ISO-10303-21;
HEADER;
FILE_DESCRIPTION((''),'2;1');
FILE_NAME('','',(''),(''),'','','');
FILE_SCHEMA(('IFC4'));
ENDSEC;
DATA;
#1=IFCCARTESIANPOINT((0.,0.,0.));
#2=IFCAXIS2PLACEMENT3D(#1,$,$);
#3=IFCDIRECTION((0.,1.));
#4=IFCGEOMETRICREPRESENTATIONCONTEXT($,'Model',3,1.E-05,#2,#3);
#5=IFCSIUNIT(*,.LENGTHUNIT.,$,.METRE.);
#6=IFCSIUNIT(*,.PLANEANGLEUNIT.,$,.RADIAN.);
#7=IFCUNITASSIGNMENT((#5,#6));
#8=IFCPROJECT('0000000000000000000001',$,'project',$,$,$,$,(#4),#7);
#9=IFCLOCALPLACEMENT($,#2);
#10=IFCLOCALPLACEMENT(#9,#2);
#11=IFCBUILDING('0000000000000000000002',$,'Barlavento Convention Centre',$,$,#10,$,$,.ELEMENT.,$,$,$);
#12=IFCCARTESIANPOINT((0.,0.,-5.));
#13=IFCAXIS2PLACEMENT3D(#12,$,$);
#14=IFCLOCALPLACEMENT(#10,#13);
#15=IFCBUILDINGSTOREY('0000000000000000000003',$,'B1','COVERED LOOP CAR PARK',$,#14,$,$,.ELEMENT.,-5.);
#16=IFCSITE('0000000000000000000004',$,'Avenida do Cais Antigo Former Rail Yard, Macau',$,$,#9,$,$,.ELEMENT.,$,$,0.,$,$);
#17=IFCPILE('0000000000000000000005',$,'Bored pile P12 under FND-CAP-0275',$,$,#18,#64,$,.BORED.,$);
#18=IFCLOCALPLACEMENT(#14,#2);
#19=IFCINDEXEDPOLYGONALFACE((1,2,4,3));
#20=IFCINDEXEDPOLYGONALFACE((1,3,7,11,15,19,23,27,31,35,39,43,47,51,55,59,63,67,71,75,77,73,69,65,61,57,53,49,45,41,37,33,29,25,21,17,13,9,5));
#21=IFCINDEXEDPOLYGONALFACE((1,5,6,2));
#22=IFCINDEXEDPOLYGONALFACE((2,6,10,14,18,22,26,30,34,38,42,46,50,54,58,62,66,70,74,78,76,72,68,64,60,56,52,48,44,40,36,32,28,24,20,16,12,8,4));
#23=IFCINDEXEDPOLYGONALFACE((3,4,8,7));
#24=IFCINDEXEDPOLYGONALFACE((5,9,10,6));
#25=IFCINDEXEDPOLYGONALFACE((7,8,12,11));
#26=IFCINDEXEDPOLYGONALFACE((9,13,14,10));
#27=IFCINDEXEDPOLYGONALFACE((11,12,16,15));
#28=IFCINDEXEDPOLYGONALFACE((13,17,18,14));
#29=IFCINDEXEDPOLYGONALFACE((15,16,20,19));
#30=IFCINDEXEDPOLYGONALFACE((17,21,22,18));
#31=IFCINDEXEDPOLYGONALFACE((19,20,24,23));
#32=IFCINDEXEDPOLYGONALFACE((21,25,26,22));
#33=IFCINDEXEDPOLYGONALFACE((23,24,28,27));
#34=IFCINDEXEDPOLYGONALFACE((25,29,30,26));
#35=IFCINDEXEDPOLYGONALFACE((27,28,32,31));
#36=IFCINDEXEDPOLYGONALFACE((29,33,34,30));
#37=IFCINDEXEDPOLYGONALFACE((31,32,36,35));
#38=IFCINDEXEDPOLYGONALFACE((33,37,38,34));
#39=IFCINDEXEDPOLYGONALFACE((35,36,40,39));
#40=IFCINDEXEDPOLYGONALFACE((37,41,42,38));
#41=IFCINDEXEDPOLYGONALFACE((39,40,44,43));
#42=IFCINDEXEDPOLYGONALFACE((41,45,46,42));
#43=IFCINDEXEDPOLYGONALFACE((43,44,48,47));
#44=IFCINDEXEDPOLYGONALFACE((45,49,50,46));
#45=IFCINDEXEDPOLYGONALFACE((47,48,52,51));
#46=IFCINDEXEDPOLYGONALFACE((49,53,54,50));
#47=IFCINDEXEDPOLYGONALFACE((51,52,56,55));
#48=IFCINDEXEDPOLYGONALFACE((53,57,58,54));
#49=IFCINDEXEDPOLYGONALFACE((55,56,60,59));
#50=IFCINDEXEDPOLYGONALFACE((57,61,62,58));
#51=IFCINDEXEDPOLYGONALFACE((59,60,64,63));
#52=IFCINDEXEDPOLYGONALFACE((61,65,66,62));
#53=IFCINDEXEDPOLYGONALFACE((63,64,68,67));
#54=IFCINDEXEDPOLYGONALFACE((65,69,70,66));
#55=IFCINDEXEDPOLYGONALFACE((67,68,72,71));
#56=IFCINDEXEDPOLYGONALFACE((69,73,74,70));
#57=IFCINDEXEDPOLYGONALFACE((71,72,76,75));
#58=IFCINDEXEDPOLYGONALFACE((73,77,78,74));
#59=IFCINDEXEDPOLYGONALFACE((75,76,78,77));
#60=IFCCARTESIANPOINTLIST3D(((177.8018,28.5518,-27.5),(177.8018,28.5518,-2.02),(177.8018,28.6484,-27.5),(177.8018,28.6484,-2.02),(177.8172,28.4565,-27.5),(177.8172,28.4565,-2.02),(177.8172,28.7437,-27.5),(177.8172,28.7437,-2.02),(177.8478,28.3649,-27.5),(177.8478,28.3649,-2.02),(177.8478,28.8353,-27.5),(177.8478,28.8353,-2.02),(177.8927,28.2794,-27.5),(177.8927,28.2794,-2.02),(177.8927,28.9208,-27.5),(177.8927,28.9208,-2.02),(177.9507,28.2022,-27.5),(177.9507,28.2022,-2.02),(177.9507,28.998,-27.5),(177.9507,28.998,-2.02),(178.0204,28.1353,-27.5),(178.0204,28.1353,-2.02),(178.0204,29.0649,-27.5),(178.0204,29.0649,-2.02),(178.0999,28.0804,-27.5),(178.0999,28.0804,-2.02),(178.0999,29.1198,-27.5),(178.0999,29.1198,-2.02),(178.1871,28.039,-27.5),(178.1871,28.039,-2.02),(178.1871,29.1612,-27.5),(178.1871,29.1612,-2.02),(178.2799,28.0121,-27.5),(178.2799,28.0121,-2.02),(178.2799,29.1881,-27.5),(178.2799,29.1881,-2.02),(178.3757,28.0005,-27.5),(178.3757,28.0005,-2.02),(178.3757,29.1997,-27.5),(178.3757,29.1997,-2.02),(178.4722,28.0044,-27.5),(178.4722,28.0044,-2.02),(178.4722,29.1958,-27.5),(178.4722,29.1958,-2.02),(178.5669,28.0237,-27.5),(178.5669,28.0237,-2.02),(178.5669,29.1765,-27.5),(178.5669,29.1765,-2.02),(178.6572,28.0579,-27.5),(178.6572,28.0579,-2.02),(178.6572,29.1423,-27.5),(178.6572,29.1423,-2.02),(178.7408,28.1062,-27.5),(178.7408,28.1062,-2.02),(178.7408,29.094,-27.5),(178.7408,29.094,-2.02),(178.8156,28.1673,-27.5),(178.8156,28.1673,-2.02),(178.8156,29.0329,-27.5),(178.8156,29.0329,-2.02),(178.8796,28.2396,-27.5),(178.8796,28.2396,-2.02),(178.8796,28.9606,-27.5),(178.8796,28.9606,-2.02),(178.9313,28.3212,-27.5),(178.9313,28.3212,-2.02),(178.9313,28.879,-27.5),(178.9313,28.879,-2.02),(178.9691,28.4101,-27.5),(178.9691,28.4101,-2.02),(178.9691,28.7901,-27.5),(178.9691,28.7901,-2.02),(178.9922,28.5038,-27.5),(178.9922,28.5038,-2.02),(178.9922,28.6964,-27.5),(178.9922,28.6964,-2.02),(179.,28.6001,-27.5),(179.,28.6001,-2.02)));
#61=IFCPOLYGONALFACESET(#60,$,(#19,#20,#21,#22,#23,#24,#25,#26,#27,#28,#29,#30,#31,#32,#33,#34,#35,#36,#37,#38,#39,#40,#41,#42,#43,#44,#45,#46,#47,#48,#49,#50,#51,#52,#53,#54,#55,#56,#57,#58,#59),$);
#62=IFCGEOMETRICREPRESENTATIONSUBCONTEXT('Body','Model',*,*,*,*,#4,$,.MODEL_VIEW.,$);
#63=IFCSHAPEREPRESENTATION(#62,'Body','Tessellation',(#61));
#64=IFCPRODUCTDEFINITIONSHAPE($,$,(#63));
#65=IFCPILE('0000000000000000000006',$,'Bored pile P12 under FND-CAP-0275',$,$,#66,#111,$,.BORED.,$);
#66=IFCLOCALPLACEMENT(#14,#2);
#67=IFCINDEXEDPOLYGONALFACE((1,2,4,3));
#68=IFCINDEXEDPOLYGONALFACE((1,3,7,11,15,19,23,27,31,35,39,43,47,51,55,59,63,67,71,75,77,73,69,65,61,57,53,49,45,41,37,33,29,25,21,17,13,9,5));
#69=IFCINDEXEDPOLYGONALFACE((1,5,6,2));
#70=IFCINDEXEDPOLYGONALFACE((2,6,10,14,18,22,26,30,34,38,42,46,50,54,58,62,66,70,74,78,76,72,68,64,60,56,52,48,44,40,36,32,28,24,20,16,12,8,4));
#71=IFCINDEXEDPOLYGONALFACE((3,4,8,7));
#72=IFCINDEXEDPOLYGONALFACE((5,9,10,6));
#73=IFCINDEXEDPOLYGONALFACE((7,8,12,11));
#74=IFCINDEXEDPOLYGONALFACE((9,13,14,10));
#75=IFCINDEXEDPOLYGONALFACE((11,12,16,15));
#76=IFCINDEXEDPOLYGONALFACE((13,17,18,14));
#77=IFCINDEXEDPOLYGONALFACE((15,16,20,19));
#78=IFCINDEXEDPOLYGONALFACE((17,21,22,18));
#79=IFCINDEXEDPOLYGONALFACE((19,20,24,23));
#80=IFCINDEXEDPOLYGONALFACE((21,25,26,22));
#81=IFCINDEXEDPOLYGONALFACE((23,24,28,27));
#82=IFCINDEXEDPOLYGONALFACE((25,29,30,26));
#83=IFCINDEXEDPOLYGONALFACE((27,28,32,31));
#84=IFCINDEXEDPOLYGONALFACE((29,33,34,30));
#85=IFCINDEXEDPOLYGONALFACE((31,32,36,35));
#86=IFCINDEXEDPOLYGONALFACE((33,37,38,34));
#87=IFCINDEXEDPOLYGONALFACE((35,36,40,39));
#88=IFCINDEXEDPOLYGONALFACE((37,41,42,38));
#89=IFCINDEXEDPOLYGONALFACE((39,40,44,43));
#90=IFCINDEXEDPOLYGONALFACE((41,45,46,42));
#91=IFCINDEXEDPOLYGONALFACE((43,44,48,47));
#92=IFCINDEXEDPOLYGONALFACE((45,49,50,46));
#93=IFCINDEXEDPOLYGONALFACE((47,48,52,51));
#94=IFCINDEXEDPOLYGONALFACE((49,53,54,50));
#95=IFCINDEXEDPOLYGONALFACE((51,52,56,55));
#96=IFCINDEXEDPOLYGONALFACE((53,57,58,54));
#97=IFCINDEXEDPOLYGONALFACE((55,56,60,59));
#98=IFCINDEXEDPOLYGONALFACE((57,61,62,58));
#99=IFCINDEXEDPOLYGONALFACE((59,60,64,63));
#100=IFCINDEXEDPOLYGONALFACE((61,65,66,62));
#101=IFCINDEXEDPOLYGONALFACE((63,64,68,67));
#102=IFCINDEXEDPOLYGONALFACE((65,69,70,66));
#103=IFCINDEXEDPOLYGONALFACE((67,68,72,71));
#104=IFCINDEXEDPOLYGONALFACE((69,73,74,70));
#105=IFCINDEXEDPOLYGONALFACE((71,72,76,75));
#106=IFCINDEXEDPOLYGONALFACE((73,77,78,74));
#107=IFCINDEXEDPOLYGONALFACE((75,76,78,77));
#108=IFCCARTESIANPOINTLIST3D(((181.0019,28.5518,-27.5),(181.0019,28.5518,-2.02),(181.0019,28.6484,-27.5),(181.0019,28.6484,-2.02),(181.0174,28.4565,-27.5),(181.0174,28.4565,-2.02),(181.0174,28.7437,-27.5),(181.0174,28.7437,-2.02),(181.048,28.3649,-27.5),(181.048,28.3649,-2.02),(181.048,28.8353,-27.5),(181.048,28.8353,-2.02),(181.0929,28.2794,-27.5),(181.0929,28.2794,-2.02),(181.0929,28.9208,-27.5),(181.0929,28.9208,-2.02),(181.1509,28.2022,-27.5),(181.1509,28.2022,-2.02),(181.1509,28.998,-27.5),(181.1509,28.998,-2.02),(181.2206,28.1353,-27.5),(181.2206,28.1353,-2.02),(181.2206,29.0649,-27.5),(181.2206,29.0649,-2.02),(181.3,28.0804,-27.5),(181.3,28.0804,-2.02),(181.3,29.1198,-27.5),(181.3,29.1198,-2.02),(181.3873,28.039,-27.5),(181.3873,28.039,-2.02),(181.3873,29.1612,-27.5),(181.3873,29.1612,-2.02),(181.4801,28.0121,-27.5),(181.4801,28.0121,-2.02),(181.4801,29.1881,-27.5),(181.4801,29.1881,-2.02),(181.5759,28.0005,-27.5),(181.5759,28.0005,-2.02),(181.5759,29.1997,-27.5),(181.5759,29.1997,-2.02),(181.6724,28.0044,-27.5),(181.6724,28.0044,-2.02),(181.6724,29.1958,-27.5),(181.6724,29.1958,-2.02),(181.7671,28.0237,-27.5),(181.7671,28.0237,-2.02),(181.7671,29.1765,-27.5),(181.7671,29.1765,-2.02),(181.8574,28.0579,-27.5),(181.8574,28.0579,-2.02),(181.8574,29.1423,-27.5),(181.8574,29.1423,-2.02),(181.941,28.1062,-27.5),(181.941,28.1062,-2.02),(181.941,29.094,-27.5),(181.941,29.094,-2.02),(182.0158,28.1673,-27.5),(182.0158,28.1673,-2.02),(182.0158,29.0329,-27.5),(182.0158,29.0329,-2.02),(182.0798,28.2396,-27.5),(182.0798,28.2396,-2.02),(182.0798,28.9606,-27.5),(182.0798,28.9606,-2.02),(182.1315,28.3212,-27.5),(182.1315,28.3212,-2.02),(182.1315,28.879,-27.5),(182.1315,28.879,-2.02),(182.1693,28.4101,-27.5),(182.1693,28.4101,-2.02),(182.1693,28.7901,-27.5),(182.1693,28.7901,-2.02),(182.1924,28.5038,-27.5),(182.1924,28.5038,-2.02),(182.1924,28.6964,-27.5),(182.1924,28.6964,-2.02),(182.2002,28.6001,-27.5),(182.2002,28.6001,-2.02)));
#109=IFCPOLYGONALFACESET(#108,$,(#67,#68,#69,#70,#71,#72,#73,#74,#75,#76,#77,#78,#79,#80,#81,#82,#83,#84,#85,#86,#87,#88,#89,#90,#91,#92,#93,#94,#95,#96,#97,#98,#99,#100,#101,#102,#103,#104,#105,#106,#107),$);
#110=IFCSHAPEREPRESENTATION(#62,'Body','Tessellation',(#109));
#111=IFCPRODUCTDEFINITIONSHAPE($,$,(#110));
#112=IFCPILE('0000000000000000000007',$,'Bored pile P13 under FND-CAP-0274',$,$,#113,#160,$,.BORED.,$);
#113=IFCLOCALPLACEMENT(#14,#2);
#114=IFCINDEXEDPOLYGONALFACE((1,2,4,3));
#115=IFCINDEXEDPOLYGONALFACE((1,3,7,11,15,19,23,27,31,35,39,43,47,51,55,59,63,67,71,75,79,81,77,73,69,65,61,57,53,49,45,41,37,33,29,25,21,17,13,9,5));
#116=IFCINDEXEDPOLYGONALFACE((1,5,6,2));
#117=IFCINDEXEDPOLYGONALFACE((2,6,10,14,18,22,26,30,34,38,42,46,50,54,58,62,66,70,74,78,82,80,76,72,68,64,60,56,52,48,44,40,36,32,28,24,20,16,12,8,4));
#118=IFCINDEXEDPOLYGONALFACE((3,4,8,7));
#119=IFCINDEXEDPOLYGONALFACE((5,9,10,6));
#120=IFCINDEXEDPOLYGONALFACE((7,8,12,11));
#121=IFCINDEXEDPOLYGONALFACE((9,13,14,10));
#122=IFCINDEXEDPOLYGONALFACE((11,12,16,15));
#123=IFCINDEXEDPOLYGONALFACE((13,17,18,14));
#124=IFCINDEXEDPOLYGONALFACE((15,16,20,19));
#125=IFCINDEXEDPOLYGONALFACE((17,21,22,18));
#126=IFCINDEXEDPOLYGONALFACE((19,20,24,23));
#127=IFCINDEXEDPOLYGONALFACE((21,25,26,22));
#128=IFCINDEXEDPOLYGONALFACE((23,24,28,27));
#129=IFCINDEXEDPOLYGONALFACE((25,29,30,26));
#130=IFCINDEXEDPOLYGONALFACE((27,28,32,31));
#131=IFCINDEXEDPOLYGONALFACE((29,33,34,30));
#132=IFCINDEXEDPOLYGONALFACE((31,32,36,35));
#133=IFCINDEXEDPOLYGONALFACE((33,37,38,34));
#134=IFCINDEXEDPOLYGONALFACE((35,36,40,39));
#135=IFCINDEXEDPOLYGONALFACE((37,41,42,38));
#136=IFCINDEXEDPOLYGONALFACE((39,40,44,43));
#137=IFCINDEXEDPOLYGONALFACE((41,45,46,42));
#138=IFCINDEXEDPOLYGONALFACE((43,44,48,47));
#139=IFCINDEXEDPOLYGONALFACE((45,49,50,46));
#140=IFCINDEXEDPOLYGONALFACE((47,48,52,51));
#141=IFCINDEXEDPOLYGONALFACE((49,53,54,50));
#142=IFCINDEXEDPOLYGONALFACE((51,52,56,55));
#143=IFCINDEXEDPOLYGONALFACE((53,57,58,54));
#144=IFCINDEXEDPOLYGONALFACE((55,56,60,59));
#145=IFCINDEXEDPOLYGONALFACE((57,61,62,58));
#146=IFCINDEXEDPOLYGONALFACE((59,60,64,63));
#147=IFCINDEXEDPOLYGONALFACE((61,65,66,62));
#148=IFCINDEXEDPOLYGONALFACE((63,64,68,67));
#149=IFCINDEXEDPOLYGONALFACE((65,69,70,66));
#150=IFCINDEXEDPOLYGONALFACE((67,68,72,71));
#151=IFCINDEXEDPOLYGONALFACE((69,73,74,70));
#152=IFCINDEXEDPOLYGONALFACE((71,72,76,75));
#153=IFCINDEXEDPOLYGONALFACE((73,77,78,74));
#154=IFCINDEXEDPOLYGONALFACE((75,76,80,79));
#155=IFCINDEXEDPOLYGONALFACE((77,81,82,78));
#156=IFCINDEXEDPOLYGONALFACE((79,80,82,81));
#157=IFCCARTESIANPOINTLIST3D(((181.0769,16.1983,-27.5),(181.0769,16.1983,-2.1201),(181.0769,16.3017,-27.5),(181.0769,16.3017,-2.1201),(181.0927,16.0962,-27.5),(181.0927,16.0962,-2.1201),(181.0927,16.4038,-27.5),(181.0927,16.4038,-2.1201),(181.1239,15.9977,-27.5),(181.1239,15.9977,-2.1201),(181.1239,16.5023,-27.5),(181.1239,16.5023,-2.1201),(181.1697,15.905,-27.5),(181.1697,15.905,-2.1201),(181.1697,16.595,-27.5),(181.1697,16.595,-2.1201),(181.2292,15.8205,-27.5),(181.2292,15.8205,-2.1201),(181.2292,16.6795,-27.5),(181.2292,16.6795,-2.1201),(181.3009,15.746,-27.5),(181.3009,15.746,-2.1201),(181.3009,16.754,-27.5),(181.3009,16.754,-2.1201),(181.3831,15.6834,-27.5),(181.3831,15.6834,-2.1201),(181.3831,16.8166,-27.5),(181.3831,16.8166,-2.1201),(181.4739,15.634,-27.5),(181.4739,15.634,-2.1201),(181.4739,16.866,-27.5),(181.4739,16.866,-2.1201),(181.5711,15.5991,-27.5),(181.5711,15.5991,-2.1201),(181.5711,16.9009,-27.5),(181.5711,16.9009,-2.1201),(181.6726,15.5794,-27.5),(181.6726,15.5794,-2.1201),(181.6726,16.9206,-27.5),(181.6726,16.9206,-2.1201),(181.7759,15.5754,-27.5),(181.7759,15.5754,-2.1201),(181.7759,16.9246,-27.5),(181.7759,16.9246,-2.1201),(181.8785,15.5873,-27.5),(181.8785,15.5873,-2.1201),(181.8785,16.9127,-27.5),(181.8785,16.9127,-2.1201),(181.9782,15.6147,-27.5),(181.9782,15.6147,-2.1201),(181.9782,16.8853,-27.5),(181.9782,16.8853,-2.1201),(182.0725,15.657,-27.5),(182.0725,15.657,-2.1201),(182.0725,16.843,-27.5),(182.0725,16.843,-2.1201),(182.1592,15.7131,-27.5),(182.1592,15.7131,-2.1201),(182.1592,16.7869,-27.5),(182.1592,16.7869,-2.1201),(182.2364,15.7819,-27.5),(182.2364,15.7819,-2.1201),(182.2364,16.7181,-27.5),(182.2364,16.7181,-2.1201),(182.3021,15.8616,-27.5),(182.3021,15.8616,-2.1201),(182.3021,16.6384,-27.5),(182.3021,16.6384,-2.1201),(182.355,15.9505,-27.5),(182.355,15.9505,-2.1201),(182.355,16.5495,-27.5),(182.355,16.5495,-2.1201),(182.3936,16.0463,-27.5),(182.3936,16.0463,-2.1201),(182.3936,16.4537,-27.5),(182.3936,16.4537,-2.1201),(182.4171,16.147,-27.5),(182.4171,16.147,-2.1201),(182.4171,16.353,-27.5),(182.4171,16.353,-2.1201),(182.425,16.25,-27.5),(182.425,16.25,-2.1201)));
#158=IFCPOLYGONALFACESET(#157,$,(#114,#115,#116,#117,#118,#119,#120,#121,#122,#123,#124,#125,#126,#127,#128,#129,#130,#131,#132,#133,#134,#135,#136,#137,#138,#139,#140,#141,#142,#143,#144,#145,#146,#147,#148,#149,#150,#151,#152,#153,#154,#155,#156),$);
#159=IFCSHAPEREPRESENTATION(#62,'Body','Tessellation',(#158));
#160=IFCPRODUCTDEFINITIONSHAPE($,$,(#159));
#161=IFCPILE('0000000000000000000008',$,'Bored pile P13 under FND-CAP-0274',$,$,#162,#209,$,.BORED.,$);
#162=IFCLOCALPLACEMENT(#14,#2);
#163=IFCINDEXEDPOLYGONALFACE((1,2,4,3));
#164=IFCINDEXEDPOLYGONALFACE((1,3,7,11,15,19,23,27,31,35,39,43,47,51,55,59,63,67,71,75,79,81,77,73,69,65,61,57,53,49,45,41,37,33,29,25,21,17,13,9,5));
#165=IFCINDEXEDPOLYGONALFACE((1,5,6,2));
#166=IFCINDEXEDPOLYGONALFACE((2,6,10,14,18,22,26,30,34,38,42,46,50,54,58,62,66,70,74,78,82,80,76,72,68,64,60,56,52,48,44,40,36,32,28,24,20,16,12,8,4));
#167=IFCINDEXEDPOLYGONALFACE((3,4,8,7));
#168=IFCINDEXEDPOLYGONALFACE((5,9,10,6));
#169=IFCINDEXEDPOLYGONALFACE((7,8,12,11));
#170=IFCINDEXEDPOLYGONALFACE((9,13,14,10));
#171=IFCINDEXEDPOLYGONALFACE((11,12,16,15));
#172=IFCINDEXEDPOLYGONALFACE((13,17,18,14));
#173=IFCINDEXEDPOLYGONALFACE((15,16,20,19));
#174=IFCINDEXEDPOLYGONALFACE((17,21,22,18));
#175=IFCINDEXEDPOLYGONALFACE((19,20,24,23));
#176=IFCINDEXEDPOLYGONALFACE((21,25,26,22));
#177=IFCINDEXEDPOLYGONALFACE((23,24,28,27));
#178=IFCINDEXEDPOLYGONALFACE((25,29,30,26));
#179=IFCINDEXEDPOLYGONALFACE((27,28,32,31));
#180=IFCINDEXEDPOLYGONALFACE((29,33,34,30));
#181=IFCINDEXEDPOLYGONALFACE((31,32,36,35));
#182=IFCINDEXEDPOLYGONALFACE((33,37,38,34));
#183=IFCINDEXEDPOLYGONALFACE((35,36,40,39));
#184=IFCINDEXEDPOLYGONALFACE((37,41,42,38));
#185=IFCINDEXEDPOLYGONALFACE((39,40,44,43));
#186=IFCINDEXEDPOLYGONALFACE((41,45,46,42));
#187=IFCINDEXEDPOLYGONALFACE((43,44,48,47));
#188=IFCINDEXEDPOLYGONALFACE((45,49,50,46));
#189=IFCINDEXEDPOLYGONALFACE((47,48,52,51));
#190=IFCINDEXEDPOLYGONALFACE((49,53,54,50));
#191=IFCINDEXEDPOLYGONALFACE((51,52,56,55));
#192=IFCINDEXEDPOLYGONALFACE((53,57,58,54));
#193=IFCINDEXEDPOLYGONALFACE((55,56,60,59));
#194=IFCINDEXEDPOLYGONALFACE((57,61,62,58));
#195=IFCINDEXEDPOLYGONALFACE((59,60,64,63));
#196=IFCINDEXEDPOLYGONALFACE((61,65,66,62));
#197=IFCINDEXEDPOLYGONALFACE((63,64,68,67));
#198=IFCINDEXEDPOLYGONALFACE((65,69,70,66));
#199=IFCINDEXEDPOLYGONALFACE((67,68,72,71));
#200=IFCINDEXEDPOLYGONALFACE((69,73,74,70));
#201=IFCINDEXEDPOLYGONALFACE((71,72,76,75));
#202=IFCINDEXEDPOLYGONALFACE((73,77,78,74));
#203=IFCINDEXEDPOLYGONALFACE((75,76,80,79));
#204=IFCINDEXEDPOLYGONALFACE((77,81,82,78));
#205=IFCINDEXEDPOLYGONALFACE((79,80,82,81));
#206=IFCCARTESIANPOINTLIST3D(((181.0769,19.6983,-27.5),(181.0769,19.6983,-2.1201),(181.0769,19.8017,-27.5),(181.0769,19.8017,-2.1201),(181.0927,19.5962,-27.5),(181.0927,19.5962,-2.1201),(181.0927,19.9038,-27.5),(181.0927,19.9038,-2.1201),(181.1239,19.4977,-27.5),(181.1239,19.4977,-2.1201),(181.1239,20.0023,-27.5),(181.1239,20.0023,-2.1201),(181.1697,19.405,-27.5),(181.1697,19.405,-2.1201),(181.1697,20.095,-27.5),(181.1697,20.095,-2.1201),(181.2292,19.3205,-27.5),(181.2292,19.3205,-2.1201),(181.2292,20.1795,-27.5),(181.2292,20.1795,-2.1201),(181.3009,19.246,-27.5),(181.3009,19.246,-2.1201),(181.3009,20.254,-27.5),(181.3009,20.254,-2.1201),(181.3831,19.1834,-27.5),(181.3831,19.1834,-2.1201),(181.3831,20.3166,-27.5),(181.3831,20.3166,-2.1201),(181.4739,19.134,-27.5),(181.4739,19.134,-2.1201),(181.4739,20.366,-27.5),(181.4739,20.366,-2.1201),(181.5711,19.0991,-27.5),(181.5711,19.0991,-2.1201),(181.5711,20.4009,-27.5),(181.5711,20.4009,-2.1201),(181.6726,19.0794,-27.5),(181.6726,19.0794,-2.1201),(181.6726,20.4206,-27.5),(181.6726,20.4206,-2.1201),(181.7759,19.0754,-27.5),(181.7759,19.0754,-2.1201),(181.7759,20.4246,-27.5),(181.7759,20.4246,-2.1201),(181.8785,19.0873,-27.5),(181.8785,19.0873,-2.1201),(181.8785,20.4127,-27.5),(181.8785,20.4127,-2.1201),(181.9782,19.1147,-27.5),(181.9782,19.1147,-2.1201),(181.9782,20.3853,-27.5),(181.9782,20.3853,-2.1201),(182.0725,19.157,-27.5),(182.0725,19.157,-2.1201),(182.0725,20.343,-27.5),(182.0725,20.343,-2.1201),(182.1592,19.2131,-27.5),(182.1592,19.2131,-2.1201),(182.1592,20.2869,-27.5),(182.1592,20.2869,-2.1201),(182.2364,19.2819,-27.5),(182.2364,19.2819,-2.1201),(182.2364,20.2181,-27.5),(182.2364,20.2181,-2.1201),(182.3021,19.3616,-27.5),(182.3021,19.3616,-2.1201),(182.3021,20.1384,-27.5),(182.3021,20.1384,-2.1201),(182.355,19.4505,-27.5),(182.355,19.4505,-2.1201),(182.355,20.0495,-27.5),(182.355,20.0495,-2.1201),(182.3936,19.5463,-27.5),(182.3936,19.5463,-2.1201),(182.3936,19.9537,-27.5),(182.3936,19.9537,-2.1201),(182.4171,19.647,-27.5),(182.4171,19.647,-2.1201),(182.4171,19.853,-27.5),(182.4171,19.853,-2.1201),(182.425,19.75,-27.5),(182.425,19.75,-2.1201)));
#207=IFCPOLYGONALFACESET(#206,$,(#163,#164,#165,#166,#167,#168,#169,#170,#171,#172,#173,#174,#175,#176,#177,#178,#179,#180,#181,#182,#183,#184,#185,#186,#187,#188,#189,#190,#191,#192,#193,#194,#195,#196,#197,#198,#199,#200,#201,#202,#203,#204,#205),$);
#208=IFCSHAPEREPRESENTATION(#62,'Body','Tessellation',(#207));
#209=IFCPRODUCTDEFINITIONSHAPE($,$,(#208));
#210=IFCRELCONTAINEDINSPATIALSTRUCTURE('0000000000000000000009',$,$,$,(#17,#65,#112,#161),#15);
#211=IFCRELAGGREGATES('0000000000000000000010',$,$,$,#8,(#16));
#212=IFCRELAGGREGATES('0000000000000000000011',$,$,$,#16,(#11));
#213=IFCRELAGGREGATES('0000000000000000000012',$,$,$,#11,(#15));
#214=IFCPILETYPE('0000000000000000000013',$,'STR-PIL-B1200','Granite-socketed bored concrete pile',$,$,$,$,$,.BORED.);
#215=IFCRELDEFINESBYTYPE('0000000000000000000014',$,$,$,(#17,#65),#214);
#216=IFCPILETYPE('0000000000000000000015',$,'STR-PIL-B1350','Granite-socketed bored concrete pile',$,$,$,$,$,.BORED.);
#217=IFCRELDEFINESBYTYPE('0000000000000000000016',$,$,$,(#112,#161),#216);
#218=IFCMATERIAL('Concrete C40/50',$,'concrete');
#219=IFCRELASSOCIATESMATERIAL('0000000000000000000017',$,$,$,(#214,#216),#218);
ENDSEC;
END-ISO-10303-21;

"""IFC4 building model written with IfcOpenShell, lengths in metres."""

from ifc_helpers import new_model, si_unit, direction, frame, origin, origin_2d, place, context, subcontext, project, spatial, circle, extrude, material, material_profile, profile_set, type_object, element, save


model = new_model("IFC4")

# Units and contexts
model_context = context("Model", 3, precision=1e-05, world=origin(), true_north=direction((0.0, 1.0)))
body_context = subcontext(model_context, "Body", "Model", "MODEL_VIEW")
ifc_project = project(units=[si_unit("LENGTHUNIT", "METRE"), si_unit("PLANEANGLEUNIT", "RADIAN")], contexts=[model_context])

# Site, building, storey
site_placement = place(None, origin())
site = spatial("IfcSite", under=ifc_project, at=site_placement, Name="Avenida do Cais Antigo Former Rail Yard, Macau", CompositionType="ELEMENT", RefElevation=0.0)
building_placement = place(site_placement, origin())
building = spatial("IfcBuilding", under=site, at=building_placement, Name="Barlavento Convention Centre", CompositionType="ELEMENT")
storey_placement = place(building_placement, frame((0.0, 0.0, -5.0)))
storey = spatial("IfcBuildingStorey", under=building, at=storey_placement, Name="B1", Description="COVERED LOOP CAR PARK", CompositionType="ELEMENT", Elevation=-5.0)

# Shared definitions
ifc_material_1 = material(Name="Concrete C40/50", Category="concrete")

# Piles
ifc_material_profile_1 = material_profile(ifc_material_1, circle(Radius=0.6001, at=origin_2d()), Name="BORED PILE 1200")
ifc_profile_set_1 = profile_set([ifc_material_profile_1], Name="Concrete C40/50")
pile_type_1 = type_object("IfcPileType", Name="STR-PIL-B1200", Description="Granite-socketed bored concrete pile", PredefinedType="BORED", material=ifc_profile_set_1)
for number, where, z_axis, x_axis, name in (
    (1, (178.3999, 28.6001, -2.02), (0.0, 0.0, -1.0), (1.0, 0.0, 0.0), "Bored pile P12 under FND-CAP-0275"),
    (2, (181.6001, 28.6001, -2.02), (0.0, 0.0, -1.0), (1.0, 0.0, 0.0), "Bored pile P12 under FND-CAP-0275"),
):
    element("IfcPile", number, at=place(storey_placement, frame(where, z_axis=z_axis, x_axis=x_axis)), inside=storey, type_object=pile_type_1, Name=name, PredefinedType="BORED", context=body_context, shape_type="SweptSolid", body=[
        extrude(circle(Radius=0.6001, at=origin_2d()), origin(), (0.0, 0.0, 1.0), 25.48),
    ])
ifc_material_profile_2 = material_profile(ifc_material_1, circle(Radius=0.675, at=origin_2d()), Name="BORED PILE 1350")
ifc_profile_set_2 = profile_set([ifc_material_profile_2], Name="Concrete C40/50")
pile_type_2 = type_object("IfcPileType", Name="STR-PIL-B1350", Description="Granite-socketed bored concrete pile", PredefinedType="BORED", material=ifc_profile_set_2)
for number, where, z_axis, x_axis, name in (
    (3, (181.75, 16.25, -2.1201), (0.0, 0.0, -1.0), (1.0, 0.0, 0.0), "Bored pile P13 under FND-CAP-0274"),
    (4, (181.75, 19.75, -2.1201), (0.0, 0.0, -1.0), (1.0, 0.0, 0.0), "Bored pile P13 under FND-CAP-0274"),
):
    element("IfcPile", number, at=place(storey_placement, frame(where, z_axis=z_axis, x_axis=x_axis)), inside=storey, type_object=pile_type_2, Name=name, PredefinedType="BORED", context=body_context, shape_type="SweptSolid", body=[
        extrude(circle(Radius=0.675, at=origin_2d()), origin(), (0.0, 0.0, 1.0), 25.3799),
    ])

save(model, "model.ifc")
